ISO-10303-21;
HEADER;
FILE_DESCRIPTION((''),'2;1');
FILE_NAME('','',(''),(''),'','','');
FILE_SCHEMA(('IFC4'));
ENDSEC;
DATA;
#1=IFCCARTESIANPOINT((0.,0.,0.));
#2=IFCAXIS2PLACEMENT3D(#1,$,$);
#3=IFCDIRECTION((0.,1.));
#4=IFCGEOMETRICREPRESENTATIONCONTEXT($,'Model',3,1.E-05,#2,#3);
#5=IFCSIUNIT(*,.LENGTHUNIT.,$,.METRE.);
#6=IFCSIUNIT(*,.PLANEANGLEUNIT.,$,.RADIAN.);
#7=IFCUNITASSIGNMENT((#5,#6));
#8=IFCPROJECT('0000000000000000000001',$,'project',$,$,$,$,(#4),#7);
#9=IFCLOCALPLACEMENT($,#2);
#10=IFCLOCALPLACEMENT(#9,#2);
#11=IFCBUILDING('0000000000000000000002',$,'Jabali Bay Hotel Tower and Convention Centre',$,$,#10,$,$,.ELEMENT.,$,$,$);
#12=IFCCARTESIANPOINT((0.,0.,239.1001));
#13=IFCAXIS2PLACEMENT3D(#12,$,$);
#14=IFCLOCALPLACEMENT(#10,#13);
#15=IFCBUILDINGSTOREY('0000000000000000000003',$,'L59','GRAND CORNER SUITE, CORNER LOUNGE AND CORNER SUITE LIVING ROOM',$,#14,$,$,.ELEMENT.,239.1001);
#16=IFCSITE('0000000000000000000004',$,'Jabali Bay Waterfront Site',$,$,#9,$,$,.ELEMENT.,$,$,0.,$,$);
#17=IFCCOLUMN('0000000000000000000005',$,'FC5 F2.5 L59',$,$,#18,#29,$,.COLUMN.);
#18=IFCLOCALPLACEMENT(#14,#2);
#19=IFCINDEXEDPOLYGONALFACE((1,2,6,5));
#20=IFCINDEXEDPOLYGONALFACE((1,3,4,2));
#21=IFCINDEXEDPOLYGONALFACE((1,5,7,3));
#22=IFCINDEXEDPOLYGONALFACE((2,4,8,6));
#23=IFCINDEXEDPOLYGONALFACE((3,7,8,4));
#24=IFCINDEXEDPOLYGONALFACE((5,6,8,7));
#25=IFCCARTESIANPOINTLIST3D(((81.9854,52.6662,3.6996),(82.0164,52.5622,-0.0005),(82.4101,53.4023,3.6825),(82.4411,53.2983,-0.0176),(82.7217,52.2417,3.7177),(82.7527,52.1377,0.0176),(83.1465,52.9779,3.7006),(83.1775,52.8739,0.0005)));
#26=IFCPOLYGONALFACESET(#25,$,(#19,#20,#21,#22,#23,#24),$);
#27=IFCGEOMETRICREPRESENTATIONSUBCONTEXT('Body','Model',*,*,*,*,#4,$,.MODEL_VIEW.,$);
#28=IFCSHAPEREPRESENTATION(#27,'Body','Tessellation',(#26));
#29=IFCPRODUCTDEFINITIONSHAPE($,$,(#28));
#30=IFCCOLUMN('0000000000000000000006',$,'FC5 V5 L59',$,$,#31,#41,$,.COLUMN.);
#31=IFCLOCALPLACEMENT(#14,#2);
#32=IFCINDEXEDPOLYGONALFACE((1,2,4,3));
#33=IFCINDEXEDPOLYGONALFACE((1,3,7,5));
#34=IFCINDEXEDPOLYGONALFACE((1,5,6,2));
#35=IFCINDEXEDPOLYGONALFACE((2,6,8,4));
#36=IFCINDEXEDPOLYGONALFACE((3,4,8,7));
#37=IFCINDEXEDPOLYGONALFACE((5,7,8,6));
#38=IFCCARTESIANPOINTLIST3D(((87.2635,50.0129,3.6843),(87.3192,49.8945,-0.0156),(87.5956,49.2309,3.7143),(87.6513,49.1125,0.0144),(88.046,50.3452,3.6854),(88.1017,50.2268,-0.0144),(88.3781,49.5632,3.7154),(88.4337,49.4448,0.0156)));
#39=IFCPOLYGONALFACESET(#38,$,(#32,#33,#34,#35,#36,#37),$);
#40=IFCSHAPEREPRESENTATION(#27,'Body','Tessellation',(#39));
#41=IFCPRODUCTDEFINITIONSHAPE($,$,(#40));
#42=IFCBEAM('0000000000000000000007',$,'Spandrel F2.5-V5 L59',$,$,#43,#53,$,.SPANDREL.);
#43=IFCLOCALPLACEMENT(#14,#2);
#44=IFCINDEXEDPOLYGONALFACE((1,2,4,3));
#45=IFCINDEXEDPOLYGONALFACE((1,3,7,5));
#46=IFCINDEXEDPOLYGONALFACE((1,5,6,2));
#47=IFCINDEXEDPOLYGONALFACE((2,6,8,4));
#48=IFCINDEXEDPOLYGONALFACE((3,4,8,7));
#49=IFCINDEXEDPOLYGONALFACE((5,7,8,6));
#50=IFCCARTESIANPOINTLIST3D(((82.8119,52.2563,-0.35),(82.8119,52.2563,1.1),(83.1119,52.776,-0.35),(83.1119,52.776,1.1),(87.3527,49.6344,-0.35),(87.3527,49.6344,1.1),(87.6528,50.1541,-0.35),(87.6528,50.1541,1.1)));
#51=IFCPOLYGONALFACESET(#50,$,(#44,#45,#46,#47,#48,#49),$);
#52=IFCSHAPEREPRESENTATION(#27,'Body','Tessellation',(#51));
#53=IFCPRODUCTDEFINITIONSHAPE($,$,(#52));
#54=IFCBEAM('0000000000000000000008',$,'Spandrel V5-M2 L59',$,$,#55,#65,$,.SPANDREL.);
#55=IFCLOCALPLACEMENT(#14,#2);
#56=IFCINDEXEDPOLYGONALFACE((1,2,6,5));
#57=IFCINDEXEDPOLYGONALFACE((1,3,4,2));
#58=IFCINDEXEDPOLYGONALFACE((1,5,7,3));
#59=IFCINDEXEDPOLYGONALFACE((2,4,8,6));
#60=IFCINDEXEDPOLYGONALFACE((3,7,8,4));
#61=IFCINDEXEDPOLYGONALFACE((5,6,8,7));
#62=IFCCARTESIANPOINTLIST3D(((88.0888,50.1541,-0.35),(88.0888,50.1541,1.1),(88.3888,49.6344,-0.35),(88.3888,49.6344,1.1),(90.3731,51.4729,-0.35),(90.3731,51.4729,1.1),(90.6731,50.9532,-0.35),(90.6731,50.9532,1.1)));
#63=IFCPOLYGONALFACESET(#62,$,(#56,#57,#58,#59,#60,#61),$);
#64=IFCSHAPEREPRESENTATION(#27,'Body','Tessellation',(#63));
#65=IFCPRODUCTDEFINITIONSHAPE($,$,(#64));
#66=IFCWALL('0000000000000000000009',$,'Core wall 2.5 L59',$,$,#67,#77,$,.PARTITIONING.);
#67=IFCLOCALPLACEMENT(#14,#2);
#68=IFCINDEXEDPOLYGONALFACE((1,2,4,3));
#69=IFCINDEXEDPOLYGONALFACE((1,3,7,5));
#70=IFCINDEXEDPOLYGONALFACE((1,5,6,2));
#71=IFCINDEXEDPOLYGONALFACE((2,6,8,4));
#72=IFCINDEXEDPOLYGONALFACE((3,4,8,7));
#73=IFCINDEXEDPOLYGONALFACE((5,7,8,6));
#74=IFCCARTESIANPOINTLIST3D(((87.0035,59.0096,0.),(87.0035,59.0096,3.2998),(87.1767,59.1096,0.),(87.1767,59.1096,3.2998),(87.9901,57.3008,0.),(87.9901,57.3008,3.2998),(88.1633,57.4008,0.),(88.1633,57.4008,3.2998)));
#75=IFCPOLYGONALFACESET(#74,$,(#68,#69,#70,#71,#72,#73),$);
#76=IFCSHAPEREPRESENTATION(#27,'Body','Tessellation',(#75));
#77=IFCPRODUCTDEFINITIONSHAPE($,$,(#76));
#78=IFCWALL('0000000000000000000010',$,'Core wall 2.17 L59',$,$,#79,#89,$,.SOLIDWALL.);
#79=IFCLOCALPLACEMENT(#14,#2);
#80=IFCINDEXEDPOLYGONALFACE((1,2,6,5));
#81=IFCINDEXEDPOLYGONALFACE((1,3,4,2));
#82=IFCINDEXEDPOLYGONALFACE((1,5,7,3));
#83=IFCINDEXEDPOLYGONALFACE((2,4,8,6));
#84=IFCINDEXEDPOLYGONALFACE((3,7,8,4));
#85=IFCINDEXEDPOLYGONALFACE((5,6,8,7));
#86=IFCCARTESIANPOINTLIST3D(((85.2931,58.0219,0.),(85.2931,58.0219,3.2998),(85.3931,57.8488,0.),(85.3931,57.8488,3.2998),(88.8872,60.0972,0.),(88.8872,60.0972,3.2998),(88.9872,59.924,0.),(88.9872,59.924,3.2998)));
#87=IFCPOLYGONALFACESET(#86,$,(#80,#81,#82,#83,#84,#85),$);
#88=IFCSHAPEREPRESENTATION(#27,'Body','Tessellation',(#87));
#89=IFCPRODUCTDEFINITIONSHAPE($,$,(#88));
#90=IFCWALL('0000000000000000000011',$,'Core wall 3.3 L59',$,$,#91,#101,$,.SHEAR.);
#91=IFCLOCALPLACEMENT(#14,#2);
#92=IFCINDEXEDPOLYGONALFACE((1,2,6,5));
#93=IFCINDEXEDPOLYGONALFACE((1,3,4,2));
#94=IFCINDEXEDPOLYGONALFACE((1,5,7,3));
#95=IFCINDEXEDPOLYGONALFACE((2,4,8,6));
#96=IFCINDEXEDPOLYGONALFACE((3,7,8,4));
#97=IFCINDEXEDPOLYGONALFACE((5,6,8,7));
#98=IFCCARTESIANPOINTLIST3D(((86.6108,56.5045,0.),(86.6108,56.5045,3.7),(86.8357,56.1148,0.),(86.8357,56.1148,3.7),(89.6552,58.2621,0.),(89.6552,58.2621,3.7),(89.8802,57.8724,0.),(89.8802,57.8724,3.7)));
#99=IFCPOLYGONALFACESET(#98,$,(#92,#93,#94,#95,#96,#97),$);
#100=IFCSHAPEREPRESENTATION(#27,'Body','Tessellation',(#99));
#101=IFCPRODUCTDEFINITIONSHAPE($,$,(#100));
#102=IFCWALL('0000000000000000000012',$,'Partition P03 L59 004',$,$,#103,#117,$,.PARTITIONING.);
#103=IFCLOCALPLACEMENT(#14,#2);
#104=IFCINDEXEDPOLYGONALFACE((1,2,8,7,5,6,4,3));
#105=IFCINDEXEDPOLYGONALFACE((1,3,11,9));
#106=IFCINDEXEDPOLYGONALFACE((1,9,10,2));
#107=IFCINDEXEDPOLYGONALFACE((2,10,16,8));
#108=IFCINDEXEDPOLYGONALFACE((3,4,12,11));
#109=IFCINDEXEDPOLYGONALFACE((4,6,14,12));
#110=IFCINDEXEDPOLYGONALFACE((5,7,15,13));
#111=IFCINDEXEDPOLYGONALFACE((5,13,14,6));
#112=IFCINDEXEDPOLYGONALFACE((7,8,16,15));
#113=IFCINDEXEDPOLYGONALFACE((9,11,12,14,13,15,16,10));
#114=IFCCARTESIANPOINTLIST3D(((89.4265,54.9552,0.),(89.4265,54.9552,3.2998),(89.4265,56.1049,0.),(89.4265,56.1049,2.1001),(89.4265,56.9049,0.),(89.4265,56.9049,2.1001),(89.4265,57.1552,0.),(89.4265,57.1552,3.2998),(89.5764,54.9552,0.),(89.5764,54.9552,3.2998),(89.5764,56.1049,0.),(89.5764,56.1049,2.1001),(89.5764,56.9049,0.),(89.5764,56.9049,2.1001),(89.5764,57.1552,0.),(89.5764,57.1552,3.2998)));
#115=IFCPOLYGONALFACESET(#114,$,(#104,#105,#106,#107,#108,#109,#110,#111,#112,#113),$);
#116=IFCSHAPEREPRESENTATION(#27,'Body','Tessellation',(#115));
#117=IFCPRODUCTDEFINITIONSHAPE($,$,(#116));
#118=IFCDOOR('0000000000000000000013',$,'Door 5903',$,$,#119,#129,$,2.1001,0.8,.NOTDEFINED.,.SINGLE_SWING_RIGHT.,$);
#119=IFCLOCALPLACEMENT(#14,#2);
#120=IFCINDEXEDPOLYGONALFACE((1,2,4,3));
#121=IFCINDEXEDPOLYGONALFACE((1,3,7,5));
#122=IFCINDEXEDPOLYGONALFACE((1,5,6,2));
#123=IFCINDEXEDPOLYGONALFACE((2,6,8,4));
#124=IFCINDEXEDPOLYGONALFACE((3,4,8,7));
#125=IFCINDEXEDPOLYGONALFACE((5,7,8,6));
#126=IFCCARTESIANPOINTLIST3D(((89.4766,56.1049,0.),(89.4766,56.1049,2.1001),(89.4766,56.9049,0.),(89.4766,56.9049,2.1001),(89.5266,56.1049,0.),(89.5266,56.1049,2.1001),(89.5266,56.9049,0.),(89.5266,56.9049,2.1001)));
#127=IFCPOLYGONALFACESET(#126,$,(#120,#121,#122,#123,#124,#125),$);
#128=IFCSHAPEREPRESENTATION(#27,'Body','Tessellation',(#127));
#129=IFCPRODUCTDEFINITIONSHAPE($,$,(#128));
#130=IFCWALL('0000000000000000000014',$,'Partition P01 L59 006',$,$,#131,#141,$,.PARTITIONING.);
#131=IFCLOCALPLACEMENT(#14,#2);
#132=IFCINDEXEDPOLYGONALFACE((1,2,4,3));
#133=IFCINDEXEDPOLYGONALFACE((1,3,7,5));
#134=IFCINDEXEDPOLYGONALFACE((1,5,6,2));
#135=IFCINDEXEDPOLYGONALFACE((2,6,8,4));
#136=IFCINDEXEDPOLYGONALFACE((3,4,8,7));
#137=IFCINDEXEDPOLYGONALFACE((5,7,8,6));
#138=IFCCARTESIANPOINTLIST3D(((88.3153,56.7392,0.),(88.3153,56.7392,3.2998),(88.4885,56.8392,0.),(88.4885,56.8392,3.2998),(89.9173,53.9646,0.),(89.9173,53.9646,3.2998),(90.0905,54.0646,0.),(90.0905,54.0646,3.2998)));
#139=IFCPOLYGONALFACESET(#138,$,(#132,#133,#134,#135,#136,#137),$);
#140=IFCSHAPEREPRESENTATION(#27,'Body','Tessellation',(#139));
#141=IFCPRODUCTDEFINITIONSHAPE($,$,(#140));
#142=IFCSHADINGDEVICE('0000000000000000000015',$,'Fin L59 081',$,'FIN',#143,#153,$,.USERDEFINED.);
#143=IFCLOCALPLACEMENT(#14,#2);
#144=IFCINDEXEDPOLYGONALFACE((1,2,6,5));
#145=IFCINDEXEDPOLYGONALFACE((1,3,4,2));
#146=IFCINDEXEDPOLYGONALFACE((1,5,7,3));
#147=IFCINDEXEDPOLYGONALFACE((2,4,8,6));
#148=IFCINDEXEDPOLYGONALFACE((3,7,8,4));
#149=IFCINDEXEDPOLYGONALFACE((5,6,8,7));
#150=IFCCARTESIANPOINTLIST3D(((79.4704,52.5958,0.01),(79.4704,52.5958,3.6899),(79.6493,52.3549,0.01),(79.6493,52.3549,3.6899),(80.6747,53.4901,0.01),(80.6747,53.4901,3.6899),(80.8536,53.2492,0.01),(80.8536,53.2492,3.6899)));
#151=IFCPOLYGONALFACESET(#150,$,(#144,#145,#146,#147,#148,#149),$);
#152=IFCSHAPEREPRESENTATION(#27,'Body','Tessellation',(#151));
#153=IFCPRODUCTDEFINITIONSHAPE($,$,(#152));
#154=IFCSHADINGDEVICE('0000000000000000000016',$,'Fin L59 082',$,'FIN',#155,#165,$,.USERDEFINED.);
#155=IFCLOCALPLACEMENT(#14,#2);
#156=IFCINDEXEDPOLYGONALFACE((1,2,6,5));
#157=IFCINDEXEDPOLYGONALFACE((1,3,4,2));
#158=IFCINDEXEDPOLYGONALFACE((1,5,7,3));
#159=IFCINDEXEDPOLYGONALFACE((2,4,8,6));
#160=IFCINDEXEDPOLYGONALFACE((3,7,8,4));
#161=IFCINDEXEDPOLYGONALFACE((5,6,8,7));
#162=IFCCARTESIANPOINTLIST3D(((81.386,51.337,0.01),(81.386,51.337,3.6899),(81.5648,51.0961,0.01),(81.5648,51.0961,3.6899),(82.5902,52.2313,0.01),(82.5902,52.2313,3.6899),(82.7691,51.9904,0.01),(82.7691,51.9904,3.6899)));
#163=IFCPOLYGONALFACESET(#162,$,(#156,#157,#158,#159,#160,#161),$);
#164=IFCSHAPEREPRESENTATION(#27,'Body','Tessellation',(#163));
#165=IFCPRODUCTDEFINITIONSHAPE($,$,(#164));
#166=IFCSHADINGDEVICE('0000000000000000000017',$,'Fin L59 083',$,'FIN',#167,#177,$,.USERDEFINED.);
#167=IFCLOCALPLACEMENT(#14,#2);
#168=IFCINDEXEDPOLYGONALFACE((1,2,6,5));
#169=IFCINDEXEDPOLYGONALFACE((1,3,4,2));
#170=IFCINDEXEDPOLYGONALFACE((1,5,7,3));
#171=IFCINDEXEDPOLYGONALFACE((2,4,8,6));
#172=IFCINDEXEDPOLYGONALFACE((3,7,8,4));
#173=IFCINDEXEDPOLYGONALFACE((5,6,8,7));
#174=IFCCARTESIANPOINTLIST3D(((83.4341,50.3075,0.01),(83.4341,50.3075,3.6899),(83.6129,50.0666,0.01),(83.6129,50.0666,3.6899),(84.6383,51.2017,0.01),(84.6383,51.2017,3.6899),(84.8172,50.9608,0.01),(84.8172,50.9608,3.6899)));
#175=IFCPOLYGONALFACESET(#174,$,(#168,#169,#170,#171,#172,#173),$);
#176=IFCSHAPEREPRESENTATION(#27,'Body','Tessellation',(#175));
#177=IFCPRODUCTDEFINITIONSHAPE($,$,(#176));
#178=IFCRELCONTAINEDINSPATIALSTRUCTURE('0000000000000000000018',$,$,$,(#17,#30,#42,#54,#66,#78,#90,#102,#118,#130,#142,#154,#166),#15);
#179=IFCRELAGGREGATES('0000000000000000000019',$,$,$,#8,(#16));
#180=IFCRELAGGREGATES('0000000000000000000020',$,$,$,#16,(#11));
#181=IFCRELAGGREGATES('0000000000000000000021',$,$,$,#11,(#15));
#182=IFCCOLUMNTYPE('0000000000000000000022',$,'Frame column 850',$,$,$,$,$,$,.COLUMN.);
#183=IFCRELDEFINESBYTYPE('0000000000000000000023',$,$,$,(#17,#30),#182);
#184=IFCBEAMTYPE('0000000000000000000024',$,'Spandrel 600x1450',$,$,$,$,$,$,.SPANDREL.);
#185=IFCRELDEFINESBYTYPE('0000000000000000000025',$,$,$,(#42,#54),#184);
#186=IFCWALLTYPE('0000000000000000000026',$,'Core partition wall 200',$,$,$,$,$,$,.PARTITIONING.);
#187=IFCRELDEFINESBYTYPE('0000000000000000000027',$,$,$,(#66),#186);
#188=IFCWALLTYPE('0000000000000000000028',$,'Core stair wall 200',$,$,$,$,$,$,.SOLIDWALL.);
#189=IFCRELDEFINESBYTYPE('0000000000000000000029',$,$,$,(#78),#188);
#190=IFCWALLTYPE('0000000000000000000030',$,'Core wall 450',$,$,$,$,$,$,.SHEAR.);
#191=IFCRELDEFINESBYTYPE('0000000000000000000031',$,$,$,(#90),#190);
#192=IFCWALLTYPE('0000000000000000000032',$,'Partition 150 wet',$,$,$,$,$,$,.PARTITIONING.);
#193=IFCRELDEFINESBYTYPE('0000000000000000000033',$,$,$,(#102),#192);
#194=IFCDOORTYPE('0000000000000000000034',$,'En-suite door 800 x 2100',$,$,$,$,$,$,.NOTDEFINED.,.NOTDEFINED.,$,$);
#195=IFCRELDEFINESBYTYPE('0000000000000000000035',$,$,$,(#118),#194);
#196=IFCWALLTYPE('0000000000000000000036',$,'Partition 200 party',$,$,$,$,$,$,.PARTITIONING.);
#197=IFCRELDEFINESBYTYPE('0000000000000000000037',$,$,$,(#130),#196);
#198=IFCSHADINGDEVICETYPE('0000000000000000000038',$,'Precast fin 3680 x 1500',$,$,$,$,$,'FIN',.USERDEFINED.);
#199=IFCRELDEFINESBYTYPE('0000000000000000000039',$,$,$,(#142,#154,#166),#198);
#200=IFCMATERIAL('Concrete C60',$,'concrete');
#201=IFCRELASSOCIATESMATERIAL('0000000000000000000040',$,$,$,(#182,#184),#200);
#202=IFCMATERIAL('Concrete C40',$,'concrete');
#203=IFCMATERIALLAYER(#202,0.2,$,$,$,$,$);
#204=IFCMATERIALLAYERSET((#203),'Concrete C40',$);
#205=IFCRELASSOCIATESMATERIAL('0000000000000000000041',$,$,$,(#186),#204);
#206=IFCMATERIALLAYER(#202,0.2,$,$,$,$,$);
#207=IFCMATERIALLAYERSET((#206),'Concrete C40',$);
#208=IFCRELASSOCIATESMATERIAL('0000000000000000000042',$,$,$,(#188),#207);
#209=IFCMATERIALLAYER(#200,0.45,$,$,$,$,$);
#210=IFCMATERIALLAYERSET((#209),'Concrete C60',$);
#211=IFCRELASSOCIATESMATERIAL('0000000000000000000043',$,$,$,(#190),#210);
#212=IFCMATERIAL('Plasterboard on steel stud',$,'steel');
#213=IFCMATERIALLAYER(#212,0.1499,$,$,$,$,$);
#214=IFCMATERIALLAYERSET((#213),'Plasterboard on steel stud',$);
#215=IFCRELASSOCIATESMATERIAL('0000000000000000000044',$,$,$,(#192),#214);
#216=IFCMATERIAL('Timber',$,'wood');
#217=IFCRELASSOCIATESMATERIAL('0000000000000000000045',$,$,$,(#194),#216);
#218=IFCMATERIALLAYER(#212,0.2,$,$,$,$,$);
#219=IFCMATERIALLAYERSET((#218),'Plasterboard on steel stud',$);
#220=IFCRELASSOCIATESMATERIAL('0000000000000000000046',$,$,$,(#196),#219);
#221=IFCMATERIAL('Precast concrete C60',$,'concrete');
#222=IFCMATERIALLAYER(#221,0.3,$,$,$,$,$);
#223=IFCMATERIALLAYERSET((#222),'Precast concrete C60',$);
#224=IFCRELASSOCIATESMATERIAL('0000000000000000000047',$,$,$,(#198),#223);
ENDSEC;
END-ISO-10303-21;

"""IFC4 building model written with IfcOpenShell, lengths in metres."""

from ifc_helpers import new_model, si_unit, direction, frame, frame_2d, origin, origin_2d, place, context, subcontext, project, spatial, rectangle, extrude, material, layer, layer_set, material_profile, profile_set, type_object, element, fill, save


model = new_model("IFC4")

# Units and contexts
model_context = context("Model", 3, precision=1e-05, world=origin(), true_north=direction((0.0, 1.0)))
body_context = subcontext(model_context, "Body", "Model", "MODEL_VIEW")
ifc_project = project(units=[si_unit("LENGTHUNIT", "METRE"), si_unit("PLANEANGLEUNIT", "RADIAN")], contexts=[model_context])

# Site, building, storey
site_placement = place(None, origin())
site = spatial("IfcSite", under=ifc_project, at=site_placement, Name="Jabali Bay Waterfront Site", CompositionType="ELEMENT", RefElevation=0.0)
building_placement = place(site_placement, origin())
building = spatial("IfcBuilding", under=site, at=building_placement, Name="Jabali Bay Hotel Tower and Convention Centre", CompositionType="ELEMENT")
storey_placement = place(building_placement, frame((0.0, 0.0, 239.1001)))
storey = spatial("IfcBuildingStorey", under=building, at=storey_placement, Name="L59", Description="GRAND CORNER SUITE, CORNER LOUNGE AND CORNER SUITE LIVING ROOM", CompositionType="ELEMENT", Elevation=239.1001)

# Columns
ifc_material_1 = material(Name="Concrete C60", Category="concrete")
ifc_material_profile_1 = material_profile(ifc_material_1, rectangle(XDim=0.8501, YDim=0.8501, at=origin_2d()), Name="Frame column 850")
ifc_profile_set_1 = profile_set([ifc_material_profile_1], Name="Concrete C60")
column_type = type_object("IfcColumnType", Name="Frame column 850", PredefinedType="COLUMN", material=ifc_profile_set_1)
column_1_placement = place(storey_placement, frame((82.5969, 52.718, 0.0), z_axis=(-0.008376, 0.028097, 0.99957), x_axis=(-0.499672, -0.86598, 0.020155)))
element("IfcColumn", 1, at=column_1_placement, inside=storey, type_object=column_type, Name="FC5 F2.5 L59", PredefinedType="COLUMN", context=body_context, shape_type="SweptSolid", body=[
    extrude(rectangle(XDim=0.8501, YDim=0.8501, at=origin_2d()), origin(), (0.0, 0.0, 1.0), 3.7017),
])
column_2_placement = place(storey_placement, frame((87.8765, 49.6697, 0.0), z_axis=(-0.015035, 0.031983, 0.999375), x_axis=(0.390591, -0.919887, 0.035315)))
element("IfcColumn", 2, at=column_2_placement, inside=storey, type_object=column_type, Name="FC5 V5 L59", PredefinedType="COLUMN", context=body_context, shape_type="SweptSolid", body=[
    extrude(rectangle(XDim=0.8501, YDim=0.8501, at=origin_2d()), origin(), (0.0, 0.0, 1.0), 3.7021),
])

# Beams
ifc_material_profile_2 = material_profile(ifc_material_1, rectangle(XDim=0.6001, YDim=1.45, at=origin_2d()), Name="Spandrel 600x1450")
ifc_profile_set_2 = profile_set([ifc_material_profile_2], Name="Concrete C60")
beam_type = type_object("IfcBeamType", Name="Spandrel 600x1450", PredefinedType="SPANDREL", material=ifc_profile_set_2)
beam_1_placement = place(storey_placement, frame((82.9619, 52.5161, 0.375), z_axis=(0.866008, -0.50003, 0.0), x_axis=(0.50003, 0.866008, 0.0)))
element("IfcBeam", 3, at=beam_1_placement, inside=storey, type_object=beam_type, Name="Spandrel F2.5-V5 L59", PredefinedType="SPANDREL", context=body_context, shape_type="SweptSolid", body=[
    extrude(rectangle(XDim=0.6001, YDim=1.45, at=origin_2d()), origin(), (0.0, 0.0, 1.0), 5.2434),
])
beam_2_placement = place(storey_placement, frame((88.2388, 49.8943, 0.375), z_axis=(0.866036, 0.499982, 0.0), x_axis=(-0.499982, 0.866036, 0.0)))
element("IfcBeam", 4, at=beam_2_placement, inside=storey, type_object=beam_type, Name="Spandrel V5-M2 L59", PredefinedType="SPANDREL", context=body_context, shape_type="SweptSolid", body=[
    extrude(rectangle(XDim=0.6001, YDim=1.45, at=origin_2d()), origin(), (0.0, 0.0, 1.0), 2.6377),
])

# Walls
ifc_material_2 = material(Name="Concrete C40", Category="concrete")
ifc_layer_1 = layer(ifc_material_2, 0.2)
ifc_layer_set_1 = layer_set([ifc_layer_1], Name="Concrete C40")
wall_type_1 = type_object("IfcWallType", Name="Core partition wall 200", PredefinedType="PARTITIONING", material=ifc_layer_set_1)
wall_1_placement = place(storey_placement, frame((87.0901, 59.0596, 0.0), z_axis=(0.0, 0.0, 1.0), x_axis=(0.500012, -0.866019, 0.0)))
element("IfcWall", 5, at=wall_1_placement, inside=storey, type_object=wall_type_1, Name="Core wall 2.5 L59", PredefinedType="PARTITIONING", context=body_context, shape_type="SweptSolid", body=[
    extrude(rectangle(XDim=1.9731, YDim=0.2, at=frame_2d((0.9866, 0.0))), origin(), (0.0, 0.0, 1.0), 3.2998),
])
ifc_layer_2 = layer(ifc_material_2, 0.2)
ifc_layer_set_2 = layer_set([ifc_layer_2], Name="Concrete C40")
wall_type_2 = type_object("IfcWallType", Name="Core stair wall 200", PredefinedType="SOLIDWALL", material=ifc_layer_set_2)
wall_2_placement = place(storey_placement, frame((85.343, 57.9353, 0.0), z_axis=(0.0, 0.0, 1.0), x_axis=(0.866004, 0.500036, 0.0)))
element("IfcWall", 6, at=wall_2_placement, inside=storey, type_object=wall_type_2, Name="Core wall 2.17 L59", PredefinedType="SOLIDWALL", context=body_context, shape_type="SweptSolid", body=[
    extrude(rectangle(XDim=4.1501, YDim=0.2, at=frame_2d((2.0752, 0.0))), origin(), (0.0, 0.0, 1.0), 3.2998),
])
ifc_layer_3 = layer(ifc_material_1, 0.45)
ifc_layer_set_3 = layer_set([ifc_layer_3], Name="Concrete C60")
wall_type_3 = type_object("IfcWallType", Name="Core wall 450", PredefinedType="SHEAR", material=ifc_layer_set_3)
wall_3_placement = place(storey_placement, frame((86.7231, 56.3096, 0.0), z_axis=(0.0, 0.0, 1.0), x_axis=(0.866042, 0.499971, 0.0)))
element("IfcWall", 7, at=wall_3_placement, inside=storey, type_object=wall_type_3, Name="Core wall 3.3 L59", PredefinedType="SHEAR", context=body_context, shape_type="SweptSolid", body=[
    extrude(rectangle(XDim=3.5154, YDim=0.45, at=frame_2d((1.7578, 0.0))), origin(), (0.0, 0.0, 1.0), 3.7),
])

# Wall, opening, door
ifc_material_3 = material(Name="Plasterboard on steel stud", Category="steel")
ifc_layer_4 = layer(ifc_material_3, 0.1499)
ifc_layer_set_4 = layer_set([ifc_layer_4], Name="Plasterboard on steel stud")
wall_type_4 = type_object("IfcWallType", Name="Partition 150 wet", PredefinedType="PARTITIONING", material=ifc_layer_set_4)
wall_4_placement = place(storey_placement, frame((89.5015, 54.9551, 0.0), z_axis=(0.0, 0.0, 1.0), x_axis=(0.0, 1.0, 0.0)))
wall_4 = element("IfcWall", 8, at=wall_4_placement, inside=storey, type_object=wall_type_4, Name="Partition P03 L59 004", PredefinedType="PARTITIONING", context=body_context, shape_type="SweptSolid", body=[
    extrude(rectangle(XDim=2.2, YDim=0.1499, at=frame_2d((1.1001, 0.0))), origin(), (0.0, 0.0, 1.0), 3.2998),
])
opening_1_placement = place(wall_4_placement, frame((1.1499, 0.0, 0.0)))
opening_1 = element("IfcOpeningElement", 9, at=opening_1_placement, cuts=wall_4, PredefinedType="OPENING", context=body_context, shape_type="SweptSolid", body=[
    extrude(rectangle(XDim=0.8, YDim=2.1001, at=frame_2d((0.3999, 1.05))), frame((0.0, 0.0854, 0.0), z_axis=(0.0, -1.0, 0.0), x_axis=(1.0, 0.0, 0.0)), (0.0, 0.0, 1.0), 0.1709),
])
ifc_material_4 = material(Name="Timber", Category="wood")
door_type_1 = type_object("IfcDoorType", Name="En-suite door 800 x 2100", OperationType="NOTDEFINED", PredefinedType="NOTDEFINED", material=ifc_material_4)
door_1_placement = place(opening_1_placement, origin())
door_1 = element("IfcDoor", 10, at=door_1_placement, inside=storey, type_object=door_type_1, Name="Door 5903", OperationType="SINGLE_SWING_RIGHT", OverallHeight=2.1001, OverallWidth=0.8, PredefinedType="NOTDEFINED", context=body_context, shape_type="SweptSolid", body=[
    extrude(rectangle(XDim=0.8, YDim=2.1001, at=frame_2d((0.3999, 1.05))), frame((0.0, 0.0249, 0.0), z_axis=(0.0, -1.0, 0.0), x_axis=(1.0, 0.0, 0.0)), (0.0, 0.0, 1.0), 0.05),
])
fill(opening_1, door_1)

# Wall
ifc_layer_5 = layer(ifc_material_3, 0.2)
ifc_layer_set_5 = layer_set([ifc_layer_5], Name="Plasterboard on steel stud")
wall_type_5 = type_object("IfcWallType", Name="Partition 200 party", PredefinedType="PARTITIONING", material=ifc_layer_set_5)
wall_5_placement = place(storey_placement, frame((88.4019, 56.7893, 0.0), z_axis=(0.0, 0.0, 1.0), x_axis=(0.500024, -0.866012, 0.0)))
element("IfcWall", 11, at=wall_5_placement, inside=storey, type_object=wall_type_5, Name="Partition P01 L59 006", PredefinedType="PARTITIONING", context=body_context, shape_type="SweptSolid", body=[
    extrude(rectangle(XDim=3.2039, YDim=0.2, at=frame_2d((1.6021, 0.0))), origin(), (0.0, 0.0, 1.0), 3.2998),
])

# Shading devices
ifc_material_5 = material(Name="Precast concrete C60", Category="concrete")
ifc_layer_6 = layer(ifc_material_5, 0.3)
ifc_layer_set_6 = layer_set([ifc_layer_6], Name="Precast concrete C60")
shading_device_type = type_object("IfcShadingDeviceType", Name="Precast fin 3680 x 1500", ElementType="FIN", PredefinedType="USERDEFINED", material=ifc_layer_set_6)
for number, where, z_axis, x_axis, name in (
    (12, (80.7642, 53.3696, 0.01), (0.0, 0.0, 1.0), (-0.802862, -0.596165, 0.0), "Fin L59 081"),
    (13, (82.6797, 52.1108, 0.01), (0.0, 0.0, 1.0), (-0.802862, -0.596165, 0.0), "Fin L59 082"),
    (14, (84.7278, 51.0813, 0.01), (0.0, 0.0, 1.0), (-0.802862, -0.596165, 0.0), "Fin L59 083"),
):
    element("IfcShadingDevice", number, at=place(storey_placement, frame(where, z_axis=z_axis, x_axis=x_axis)), inside=storey, type_object=shading_device_type, Name=name, ObjectType="FIN", PredefinedType="USERDEFINED", context=body_context, shape_type="SweptSolid", body=[
        extrude(rectangle(XDim=1.5, YDim=0.3, at=frame_2d((0.75, 0.0))), origin(), (0.0, 0.0, 1.0), 3.6799),
    ])

save(model, "model.ifc")
